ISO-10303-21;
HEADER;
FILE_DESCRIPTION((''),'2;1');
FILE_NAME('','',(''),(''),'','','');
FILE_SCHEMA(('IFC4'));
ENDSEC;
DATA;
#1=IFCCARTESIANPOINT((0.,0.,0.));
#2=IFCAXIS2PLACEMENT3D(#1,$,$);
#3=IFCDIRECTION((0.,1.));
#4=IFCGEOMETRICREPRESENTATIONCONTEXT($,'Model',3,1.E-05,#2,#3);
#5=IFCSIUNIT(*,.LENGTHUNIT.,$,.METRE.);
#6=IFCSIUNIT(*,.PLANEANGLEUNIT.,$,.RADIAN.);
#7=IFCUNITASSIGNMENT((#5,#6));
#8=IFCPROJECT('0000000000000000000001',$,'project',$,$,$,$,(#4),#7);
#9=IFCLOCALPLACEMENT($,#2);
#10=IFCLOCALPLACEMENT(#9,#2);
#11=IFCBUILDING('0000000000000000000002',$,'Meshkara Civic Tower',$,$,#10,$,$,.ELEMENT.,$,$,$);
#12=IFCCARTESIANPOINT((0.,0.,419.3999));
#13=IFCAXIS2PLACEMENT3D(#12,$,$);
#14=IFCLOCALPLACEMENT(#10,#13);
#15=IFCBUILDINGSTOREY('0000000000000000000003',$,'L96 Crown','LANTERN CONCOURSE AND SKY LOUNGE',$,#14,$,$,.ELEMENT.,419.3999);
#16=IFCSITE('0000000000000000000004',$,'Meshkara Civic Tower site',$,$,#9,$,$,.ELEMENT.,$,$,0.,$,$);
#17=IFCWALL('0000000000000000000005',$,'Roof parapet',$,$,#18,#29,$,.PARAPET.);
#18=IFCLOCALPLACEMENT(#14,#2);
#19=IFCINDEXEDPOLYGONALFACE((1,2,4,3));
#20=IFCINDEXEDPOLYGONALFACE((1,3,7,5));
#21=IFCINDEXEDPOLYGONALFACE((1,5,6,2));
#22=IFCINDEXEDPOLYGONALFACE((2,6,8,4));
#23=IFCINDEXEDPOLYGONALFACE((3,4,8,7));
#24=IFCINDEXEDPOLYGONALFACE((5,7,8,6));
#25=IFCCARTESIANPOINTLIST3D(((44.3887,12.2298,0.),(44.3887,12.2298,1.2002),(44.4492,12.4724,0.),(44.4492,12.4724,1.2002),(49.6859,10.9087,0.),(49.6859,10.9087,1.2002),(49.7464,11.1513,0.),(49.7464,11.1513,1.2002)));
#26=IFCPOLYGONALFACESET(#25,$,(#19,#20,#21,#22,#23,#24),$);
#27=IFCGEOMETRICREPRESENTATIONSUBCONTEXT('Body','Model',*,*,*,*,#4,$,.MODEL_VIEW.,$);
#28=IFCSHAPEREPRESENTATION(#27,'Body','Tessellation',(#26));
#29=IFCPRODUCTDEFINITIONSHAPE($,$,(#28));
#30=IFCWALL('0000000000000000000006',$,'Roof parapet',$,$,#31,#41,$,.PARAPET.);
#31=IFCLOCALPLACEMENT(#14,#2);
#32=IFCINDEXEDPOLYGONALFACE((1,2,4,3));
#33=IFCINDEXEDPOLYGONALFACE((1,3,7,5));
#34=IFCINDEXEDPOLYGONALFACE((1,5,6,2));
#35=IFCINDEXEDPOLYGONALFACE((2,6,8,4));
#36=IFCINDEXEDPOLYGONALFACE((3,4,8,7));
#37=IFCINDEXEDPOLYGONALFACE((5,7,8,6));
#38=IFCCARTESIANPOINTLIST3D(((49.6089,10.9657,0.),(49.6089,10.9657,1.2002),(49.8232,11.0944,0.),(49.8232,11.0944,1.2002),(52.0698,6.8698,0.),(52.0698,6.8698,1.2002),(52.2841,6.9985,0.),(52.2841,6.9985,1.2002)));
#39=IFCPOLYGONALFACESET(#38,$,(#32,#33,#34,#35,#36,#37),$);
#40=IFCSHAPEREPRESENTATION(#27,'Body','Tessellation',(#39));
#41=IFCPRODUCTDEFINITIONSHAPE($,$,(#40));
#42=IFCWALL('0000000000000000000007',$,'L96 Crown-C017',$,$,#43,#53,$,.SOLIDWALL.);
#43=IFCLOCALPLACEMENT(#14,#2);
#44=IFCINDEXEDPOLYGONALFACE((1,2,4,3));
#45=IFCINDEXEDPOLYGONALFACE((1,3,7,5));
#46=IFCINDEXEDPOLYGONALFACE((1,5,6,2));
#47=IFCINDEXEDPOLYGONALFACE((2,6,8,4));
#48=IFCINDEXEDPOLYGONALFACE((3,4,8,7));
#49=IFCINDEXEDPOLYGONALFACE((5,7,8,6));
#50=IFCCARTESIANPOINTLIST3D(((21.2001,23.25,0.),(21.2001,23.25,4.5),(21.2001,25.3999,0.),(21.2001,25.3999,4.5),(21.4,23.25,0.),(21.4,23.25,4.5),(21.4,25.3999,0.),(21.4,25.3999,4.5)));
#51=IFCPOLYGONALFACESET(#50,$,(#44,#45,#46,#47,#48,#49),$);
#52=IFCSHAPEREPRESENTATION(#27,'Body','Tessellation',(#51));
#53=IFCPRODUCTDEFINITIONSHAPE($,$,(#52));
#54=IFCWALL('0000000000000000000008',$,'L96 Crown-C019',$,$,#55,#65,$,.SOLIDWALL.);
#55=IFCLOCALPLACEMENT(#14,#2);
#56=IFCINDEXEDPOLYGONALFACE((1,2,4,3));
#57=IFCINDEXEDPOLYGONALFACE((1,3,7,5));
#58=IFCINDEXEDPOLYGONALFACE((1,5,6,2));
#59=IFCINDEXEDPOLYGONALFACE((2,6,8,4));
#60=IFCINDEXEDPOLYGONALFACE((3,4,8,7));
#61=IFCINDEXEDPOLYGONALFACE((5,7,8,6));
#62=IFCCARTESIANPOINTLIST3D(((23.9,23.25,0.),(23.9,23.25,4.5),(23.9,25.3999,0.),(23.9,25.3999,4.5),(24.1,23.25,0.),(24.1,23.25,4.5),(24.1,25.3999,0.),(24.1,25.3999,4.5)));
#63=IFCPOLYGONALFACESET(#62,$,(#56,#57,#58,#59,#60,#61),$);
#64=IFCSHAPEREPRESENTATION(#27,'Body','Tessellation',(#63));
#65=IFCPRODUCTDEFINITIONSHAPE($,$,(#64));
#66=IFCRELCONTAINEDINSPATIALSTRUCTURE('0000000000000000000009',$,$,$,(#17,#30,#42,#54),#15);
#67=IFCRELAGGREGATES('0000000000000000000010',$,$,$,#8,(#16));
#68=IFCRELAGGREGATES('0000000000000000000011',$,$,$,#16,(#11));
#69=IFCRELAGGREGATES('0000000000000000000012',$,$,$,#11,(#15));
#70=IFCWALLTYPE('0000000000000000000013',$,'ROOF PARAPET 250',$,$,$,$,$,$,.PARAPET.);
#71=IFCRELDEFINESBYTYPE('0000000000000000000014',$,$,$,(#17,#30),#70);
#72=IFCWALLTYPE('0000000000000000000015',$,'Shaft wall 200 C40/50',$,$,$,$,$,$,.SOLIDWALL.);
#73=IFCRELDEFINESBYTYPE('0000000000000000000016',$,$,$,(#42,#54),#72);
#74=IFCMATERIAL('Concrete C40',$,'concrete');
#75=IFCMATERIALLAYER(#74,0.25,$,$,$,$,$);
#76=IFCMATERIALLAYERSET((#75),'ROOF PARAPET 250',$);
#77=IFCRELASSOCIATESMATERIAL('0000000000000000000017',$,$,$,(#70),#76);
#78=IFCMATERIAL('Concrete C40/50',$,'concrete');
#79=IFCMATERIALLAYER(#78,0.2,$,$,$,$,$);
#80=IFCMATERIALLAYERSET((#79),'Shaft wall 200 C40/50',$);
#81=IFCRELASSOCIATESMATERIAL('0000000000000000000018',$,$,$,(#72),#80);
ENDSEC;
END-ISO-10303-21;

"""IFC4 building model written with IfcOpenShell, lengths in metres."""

from ifc_helpers import new_model, si_unit, direction, frame, frame_2d, origin, place, context, subcontext, project, spatial, rectangle, extrude, material, layer, layer_set, type_object, element, save


model = new_model("IFC4")

# Units and contexts
model_context = context("Model", 3, precision=1e-05, world=origin(), true_north=direction((0.0, 1.0)))
body_context = subcontext(model_context, "Body", "Model", "MODEL_VIEW")
ifc_project = project(units=[si_unit("LENGTHUNIT", "METRE"), si_unit("PLANEANGLEUNIT", "RADIAN")], contexts=[model_context])

# Site, building, storey
site_placement = place(None, origin())
site = spatial("IfcSite", under=ifc_project, at=site_placement, Name="Meshkara Civic Tower site", CompositionType="ELEMENT", RefElevation=0.0)
building_placement = place(site_placement, origin())
building = spatial("IfcBuilding", under=site, at=building_placement, Name="Meshkara Civic Tower", CompositionType="ELEMENT")
storey_placement = place(building_placement, frame((0.0, 0.0, 419.3999)))
storey = spatial("IfcBuildingStorey", under=building, at=storey_placement, Name="L96 Crown", Description="LANTERN CONCOURSE AND SKY LOUNGE", CompositionType="ELEMENT", Elevation=419.3999)

# Walls
ifc_material_1 = material(Name="Concrete C40", Category="concrete")
ifc_layer_1 = layer(ifc_material_1, 0.25)
ifc_layer_set_1 = layer_set([ifc_layer_1], Name="ROOF PARAPET 250")
wall_type_1 = type_object("IfcWallType", Name="ROOF PARAPET 250", PredefinedType="PARAPET", material=ifc_layer_set_1)
wall_1_placement = place(storey_placement, frame((44.4189, 12.3511, 0.0), z_axis=(0.0, 0.0, 1.0), x_axis=(0.970282, -0.241978, 0.0)))
element("IfcWall", 1, at=wall_1_placement, inside=storey, type_object=wall_type_1, Name="Roof parapet", PredefinedType="PARAPET", context=body_context, shape_type="SweptSolid", body=[
    extrude(rectangle(XDim=5.4595, YDim=0.25, at=frame_2d((2.7297, 0.0))), origin(), (0.0, 0.0, 1.0), 1.2002),
])
wall_2_placement = place(storey_placement, frame((49.7161, 11.03, 0.0), z_axis=(0.0, 0.0, 1.0), x_axis=(0.515014, -0.857182, 0.0)))
element("IfcWall", 2, at=wall_2_placement, inside=storey, type_object=wall_type_1, Name="Roof parapet", PredefinedType="PARAPET", context=body_context, shape_type="SweptSolid", body=[
    extrude(rectangle(XDim=4.7783, YDim=0.25, at=frame_2d((2.3892, 0.0))), origin(), (0.0, 0.0, 1.0), 1.2002),
])
ifc_material_2 = material(Name="Concrete C40/50", Category="concrete")
ifc_layer_2 = layer(ifc_material_2, 0.2)
ifc_layer_set_2 = layer_set([ifc_layer_2], Name="Shaft wall 200 C40/50")
wall_type_2 = type_object("IfcWallType", Name="Shaft wall 200 C40/50", PredefinedType="SOLIDWALL", material=ifc_layer_set_2)
for number, where, z_axis, x_axis, name in (
    (3, (21.3, 23.25, 0.0), (0.0, 0.0, 1.0), (0.0, 1.0, 0.0), "L96 Crown-C017"),
    (4, (24.0, 23.25, 0.0), (0.0, 0.0, 1.0), (0.0, 1.0, 0.0), "L96 Crown-C019"),
):
    element("IfcWall", number, at=place(storey_placement, frame(where, z_axis=z_axis, x_axis=x_axis)), inside=storey, type_object=wall_type_2, Name=name, PredefinedType="SOLIDWALL", context=body_context, shape_type="SweptSolid", body=[
        extrude(rectangle(XDim=2.1499, YDim=0.2, at=frame_2d((1.075, 0.0))), origin(), (0.0, 0.0, 1.0), 4.5),
    ])

save(model, "model.ifc")
